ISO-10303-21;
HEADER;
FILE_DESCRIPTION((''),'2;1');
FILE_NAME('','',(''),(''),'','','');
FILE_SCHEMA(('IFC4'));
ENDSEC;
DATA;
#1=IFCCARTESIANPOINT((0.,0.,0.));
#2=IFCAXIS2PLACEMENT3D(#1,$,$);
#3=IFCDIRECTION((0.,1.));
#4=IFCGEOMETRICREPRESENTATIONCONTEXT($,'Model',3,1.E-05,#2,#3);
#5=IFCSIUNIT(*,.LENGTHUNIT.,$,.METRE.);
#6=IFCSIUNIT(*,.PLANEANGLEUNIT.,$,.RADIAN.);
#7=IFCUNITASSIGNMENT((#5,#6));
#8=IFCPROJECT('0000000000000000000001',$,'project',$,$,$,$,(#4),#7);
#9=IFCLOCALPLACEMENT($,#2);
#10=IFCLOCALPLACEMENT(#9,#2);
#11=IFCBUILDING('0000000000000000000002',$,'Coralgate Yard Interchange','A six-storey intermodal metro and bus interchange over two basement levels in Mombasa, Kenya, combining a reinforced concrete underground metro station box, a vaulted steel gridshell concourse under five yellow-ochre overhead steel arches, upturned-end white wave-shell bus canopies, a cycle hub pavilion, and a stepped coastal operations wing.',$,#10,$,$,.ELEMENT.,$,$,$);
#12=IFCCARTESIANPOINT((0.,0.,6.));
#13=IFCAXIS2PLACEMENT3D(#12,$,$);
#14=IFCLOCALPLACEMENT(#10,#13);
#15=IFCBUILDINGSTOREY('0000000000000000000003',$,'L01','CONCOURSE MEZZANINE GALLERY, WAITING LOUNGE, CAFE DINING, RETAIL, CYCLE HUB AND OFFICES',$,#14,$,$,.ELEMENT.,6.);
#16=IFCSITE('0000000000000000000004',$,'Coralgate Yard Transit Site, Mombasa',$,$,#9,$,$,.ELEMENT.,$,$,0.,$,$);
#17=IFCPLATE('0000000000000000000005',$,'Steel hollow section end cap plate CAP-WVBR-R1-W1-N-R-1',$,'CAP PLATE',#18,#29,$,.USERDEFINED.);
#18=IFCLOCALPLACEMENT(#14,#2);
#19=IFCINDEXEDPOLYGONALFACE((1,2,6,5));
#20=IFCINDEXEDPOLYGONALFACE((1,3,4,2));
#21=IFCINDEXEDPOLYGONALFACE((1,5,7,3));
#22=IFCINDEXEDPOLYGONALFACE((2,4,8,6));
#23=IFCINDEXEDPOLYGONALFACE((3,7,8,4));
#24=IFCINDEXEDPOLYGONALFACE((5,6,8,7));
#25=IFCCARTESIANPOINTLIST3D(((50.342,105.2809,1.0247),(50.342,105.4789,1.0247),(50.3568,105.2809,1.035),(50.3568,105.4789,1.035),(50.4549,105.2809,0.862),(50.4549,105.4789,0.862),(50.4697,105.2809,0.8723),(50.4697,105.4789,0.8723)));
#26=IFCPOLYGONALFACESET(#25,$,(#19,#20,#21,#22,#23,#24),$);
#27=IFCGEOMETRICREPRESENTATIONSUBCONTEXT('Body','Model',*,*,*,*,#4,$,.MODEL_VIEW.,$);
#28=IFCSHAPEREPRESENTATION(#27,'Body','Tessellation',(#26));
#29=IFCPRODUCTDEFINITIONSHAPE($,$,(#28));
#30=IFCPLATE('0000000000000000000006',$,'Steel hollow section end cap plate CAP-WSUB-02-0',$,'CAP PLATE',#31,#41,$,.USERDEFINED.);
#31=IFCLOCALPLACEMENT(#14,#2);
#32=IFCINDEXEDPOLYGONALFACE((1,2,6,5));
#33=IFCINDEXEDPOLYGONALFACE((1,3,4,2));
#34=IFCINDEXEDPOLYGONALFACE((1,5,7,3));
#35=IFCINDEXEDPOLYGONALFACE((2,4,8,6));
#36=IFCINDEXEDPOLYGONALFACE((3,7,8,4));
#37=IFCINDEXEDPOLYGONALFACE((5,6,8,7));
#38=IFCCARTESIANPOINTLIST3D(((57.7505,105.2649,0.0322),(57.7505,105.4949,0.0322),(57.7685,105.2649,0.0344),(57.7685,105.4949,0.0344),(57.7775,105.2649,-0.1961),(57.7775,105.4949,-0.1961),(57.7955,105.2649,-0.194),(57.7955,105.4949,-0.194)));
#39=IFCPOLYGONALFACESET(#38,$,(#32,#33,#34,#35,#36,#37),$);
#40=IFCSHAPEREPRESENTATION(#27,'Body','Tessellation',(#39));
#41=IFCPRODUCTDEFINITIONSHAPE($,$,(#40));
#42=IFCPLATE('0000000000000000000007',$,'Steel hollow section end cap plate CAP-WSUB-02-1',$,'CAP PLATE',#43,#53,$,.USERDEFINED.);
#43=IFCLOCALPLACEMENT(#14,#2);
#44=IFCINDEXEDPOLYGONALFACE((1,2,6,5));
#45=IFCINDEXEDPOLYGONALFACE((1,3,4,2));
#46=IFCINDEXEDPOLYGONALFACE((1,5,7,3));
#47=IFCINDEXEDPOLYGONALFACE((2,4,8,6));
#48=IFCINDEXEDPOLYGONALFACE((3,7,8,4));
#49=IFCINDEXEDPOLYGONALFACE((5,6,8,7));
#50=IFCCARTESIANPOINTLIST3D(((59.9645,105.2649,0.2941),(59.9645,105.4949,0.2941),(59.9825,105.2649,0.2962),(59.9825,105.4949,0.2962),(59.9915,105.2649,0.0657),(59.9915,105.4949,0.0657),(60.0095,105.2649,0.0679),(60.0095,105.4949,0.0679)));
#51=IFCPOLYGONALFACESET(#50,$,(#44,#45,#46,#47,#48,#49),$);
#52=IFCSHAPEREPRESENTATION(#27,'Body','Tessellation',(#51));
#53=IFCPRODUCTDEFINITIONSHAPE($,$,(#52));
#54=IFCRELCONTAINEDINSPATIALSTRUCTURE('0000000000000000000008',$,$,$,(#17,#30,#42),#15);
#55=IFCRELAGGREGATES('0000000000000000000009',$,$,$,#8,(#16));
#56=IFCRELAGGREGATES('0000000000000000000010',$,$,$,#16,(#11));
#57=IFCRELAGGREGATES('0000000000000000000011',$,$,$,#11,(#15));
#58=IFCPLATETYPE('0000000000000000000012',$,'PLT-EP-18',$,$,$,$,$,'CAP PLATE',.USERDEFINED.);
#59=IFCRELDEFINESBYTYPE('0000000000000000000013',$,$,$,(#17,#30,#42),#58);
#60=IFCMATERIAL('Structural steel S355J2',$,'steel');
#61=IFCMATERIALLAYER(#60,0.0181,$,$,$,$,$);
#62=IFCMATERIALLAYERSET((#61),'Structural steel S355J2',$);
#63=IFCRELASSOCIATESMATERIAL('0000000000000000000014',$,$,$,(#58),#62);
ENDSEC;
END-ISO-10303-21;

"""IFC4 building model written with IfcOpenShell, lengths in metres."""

from ifc_helpers import new_model, si_unit, direction, frame, origin, origin_2d, place, context, subcontext, project, spatial, rectangle, extrude, material, layer, layer_set, type_object, element, save


model = new_model("IFC4")

# Units and contexts
model_context = context("Model", 3, precision=1e-05, world=origin(), true_north=direction((0.0, 1.0)))
body_context = subcontext(model_context, "Body", "Model", "MODEL_VIEW")
ifc_project = project(units=[si_unit("LENGTHUNIT", "METRE"), si_unit("PLANEANGLEUNIT", "RADIAN")], contexts=[model_context])

# Site, building, storey
site_placement = place(None, origin())
site = spatial("IfcSite", under=ifc_project, at=site_placement, Name="Coralgate Yard Transit Site, Mombasa", CompositionType="ELEMENT", RefElevation=0.0)
building_placement = place(site_placement, origin())
building = spatial("IfcBuilding", under=site, at=building_placement, Name="Coralgate Yard Interchange", Description="A six-storey intermodal metro and bus interchange over two basement levels in Mombasa, Kenya, combining a reinforced concrete underground metro station box, a vaulted steel gridshell concourse under five yellow-ochre overhead steel arches, upturned-end white wave-shell bus canopies, a cycle hub pavilion, and a stepped coastal operations wing.", CompositionType="ELEMENT")
storey_placement = place(building_placement, frame((0.0, 0.0, 6.0)))
storey = spatial("IfcBuildingStorey", under=building, at=storey_placement, Name="L01", Description="CONCOURSE MEZZANINE GALLERY, WAITING LOUNGE, CAFE DINING, RETAIL, CYCLE HUB AND OFFICES", CompositionType="ELEMENT", Elevation=6.0)

# Plates
ifc_material_1 = material(Name="Structural steel S355J2", Category="steel")
ifc_layer = layer(ifc_material_1, 0.0181)
ifc_layer_set = layer_set([ifc_layer], Name="Structural steel S355J2")
plate_type = type_object("IfcPlateType", Name="PLT-EP-18", ElementType="CAP PLATE", PredefinedType="USERDEFINED", material=ifc_layer_set)
for number, where, z_axis, x_axis, name in (
    (1, (50.3984, 105.3799, 0.9434), (0.821436, 0.0, 0.570301), (0.0, 1.0, 0.0), "Steel hollow section end cap plate CAP-WVBR-R1-W1-N-R-1"),
):
    element("IfcPlate", number, at=place(storey_placement, frame(where, z_axis=z_axis, x_axis=x_axis)), inside=storey, type_object=plate_type, Name=name, ObjectType="CAP PLATE", PredefinedType="USERDEFINED", context=body_context, shape_type="SweptSolid", body=[
        extrude(rectangle(XDim=0.198, YDim=0.198, at=origin_2d()), origin(), (0.0, 0.0, 1.0), 0.0181),
    ])
for number, where, z_axis, x_axis, name in (
    (2, (57.782, 105.3799, -0.0798), (-0.993089, 0.0, -0.117365), (0.0, -1.0, 0.0), "Steel hollow section end cap plate CAP-WSUB-02-0"),
    (3, (59.978, 105.3799, 0.1799), (0.993089, 0.0, 0.117365), (0.0, 1.0, 0.0), "Steel hollow section end cap plate CAP-WSUB-02-1"),
):
    element("IfcPlate", number, at=place(storey_placement, frame(where, z_axis=z_axis, x_axis=x_axis)), inside=storey, type_object=plate_type, Name=name, ObjectType="CAP PLATE", PredefinedType="USERDEFINED", context=body_context, shape_type="SweptSolid", body=[
        extrude(rectangle(XDim=0.23, YDim=0.23, at=origin_2d()), origin(), (0.0, 0.0, 1.0), 0.0181),
    ])

save(model, "model.ifc")
